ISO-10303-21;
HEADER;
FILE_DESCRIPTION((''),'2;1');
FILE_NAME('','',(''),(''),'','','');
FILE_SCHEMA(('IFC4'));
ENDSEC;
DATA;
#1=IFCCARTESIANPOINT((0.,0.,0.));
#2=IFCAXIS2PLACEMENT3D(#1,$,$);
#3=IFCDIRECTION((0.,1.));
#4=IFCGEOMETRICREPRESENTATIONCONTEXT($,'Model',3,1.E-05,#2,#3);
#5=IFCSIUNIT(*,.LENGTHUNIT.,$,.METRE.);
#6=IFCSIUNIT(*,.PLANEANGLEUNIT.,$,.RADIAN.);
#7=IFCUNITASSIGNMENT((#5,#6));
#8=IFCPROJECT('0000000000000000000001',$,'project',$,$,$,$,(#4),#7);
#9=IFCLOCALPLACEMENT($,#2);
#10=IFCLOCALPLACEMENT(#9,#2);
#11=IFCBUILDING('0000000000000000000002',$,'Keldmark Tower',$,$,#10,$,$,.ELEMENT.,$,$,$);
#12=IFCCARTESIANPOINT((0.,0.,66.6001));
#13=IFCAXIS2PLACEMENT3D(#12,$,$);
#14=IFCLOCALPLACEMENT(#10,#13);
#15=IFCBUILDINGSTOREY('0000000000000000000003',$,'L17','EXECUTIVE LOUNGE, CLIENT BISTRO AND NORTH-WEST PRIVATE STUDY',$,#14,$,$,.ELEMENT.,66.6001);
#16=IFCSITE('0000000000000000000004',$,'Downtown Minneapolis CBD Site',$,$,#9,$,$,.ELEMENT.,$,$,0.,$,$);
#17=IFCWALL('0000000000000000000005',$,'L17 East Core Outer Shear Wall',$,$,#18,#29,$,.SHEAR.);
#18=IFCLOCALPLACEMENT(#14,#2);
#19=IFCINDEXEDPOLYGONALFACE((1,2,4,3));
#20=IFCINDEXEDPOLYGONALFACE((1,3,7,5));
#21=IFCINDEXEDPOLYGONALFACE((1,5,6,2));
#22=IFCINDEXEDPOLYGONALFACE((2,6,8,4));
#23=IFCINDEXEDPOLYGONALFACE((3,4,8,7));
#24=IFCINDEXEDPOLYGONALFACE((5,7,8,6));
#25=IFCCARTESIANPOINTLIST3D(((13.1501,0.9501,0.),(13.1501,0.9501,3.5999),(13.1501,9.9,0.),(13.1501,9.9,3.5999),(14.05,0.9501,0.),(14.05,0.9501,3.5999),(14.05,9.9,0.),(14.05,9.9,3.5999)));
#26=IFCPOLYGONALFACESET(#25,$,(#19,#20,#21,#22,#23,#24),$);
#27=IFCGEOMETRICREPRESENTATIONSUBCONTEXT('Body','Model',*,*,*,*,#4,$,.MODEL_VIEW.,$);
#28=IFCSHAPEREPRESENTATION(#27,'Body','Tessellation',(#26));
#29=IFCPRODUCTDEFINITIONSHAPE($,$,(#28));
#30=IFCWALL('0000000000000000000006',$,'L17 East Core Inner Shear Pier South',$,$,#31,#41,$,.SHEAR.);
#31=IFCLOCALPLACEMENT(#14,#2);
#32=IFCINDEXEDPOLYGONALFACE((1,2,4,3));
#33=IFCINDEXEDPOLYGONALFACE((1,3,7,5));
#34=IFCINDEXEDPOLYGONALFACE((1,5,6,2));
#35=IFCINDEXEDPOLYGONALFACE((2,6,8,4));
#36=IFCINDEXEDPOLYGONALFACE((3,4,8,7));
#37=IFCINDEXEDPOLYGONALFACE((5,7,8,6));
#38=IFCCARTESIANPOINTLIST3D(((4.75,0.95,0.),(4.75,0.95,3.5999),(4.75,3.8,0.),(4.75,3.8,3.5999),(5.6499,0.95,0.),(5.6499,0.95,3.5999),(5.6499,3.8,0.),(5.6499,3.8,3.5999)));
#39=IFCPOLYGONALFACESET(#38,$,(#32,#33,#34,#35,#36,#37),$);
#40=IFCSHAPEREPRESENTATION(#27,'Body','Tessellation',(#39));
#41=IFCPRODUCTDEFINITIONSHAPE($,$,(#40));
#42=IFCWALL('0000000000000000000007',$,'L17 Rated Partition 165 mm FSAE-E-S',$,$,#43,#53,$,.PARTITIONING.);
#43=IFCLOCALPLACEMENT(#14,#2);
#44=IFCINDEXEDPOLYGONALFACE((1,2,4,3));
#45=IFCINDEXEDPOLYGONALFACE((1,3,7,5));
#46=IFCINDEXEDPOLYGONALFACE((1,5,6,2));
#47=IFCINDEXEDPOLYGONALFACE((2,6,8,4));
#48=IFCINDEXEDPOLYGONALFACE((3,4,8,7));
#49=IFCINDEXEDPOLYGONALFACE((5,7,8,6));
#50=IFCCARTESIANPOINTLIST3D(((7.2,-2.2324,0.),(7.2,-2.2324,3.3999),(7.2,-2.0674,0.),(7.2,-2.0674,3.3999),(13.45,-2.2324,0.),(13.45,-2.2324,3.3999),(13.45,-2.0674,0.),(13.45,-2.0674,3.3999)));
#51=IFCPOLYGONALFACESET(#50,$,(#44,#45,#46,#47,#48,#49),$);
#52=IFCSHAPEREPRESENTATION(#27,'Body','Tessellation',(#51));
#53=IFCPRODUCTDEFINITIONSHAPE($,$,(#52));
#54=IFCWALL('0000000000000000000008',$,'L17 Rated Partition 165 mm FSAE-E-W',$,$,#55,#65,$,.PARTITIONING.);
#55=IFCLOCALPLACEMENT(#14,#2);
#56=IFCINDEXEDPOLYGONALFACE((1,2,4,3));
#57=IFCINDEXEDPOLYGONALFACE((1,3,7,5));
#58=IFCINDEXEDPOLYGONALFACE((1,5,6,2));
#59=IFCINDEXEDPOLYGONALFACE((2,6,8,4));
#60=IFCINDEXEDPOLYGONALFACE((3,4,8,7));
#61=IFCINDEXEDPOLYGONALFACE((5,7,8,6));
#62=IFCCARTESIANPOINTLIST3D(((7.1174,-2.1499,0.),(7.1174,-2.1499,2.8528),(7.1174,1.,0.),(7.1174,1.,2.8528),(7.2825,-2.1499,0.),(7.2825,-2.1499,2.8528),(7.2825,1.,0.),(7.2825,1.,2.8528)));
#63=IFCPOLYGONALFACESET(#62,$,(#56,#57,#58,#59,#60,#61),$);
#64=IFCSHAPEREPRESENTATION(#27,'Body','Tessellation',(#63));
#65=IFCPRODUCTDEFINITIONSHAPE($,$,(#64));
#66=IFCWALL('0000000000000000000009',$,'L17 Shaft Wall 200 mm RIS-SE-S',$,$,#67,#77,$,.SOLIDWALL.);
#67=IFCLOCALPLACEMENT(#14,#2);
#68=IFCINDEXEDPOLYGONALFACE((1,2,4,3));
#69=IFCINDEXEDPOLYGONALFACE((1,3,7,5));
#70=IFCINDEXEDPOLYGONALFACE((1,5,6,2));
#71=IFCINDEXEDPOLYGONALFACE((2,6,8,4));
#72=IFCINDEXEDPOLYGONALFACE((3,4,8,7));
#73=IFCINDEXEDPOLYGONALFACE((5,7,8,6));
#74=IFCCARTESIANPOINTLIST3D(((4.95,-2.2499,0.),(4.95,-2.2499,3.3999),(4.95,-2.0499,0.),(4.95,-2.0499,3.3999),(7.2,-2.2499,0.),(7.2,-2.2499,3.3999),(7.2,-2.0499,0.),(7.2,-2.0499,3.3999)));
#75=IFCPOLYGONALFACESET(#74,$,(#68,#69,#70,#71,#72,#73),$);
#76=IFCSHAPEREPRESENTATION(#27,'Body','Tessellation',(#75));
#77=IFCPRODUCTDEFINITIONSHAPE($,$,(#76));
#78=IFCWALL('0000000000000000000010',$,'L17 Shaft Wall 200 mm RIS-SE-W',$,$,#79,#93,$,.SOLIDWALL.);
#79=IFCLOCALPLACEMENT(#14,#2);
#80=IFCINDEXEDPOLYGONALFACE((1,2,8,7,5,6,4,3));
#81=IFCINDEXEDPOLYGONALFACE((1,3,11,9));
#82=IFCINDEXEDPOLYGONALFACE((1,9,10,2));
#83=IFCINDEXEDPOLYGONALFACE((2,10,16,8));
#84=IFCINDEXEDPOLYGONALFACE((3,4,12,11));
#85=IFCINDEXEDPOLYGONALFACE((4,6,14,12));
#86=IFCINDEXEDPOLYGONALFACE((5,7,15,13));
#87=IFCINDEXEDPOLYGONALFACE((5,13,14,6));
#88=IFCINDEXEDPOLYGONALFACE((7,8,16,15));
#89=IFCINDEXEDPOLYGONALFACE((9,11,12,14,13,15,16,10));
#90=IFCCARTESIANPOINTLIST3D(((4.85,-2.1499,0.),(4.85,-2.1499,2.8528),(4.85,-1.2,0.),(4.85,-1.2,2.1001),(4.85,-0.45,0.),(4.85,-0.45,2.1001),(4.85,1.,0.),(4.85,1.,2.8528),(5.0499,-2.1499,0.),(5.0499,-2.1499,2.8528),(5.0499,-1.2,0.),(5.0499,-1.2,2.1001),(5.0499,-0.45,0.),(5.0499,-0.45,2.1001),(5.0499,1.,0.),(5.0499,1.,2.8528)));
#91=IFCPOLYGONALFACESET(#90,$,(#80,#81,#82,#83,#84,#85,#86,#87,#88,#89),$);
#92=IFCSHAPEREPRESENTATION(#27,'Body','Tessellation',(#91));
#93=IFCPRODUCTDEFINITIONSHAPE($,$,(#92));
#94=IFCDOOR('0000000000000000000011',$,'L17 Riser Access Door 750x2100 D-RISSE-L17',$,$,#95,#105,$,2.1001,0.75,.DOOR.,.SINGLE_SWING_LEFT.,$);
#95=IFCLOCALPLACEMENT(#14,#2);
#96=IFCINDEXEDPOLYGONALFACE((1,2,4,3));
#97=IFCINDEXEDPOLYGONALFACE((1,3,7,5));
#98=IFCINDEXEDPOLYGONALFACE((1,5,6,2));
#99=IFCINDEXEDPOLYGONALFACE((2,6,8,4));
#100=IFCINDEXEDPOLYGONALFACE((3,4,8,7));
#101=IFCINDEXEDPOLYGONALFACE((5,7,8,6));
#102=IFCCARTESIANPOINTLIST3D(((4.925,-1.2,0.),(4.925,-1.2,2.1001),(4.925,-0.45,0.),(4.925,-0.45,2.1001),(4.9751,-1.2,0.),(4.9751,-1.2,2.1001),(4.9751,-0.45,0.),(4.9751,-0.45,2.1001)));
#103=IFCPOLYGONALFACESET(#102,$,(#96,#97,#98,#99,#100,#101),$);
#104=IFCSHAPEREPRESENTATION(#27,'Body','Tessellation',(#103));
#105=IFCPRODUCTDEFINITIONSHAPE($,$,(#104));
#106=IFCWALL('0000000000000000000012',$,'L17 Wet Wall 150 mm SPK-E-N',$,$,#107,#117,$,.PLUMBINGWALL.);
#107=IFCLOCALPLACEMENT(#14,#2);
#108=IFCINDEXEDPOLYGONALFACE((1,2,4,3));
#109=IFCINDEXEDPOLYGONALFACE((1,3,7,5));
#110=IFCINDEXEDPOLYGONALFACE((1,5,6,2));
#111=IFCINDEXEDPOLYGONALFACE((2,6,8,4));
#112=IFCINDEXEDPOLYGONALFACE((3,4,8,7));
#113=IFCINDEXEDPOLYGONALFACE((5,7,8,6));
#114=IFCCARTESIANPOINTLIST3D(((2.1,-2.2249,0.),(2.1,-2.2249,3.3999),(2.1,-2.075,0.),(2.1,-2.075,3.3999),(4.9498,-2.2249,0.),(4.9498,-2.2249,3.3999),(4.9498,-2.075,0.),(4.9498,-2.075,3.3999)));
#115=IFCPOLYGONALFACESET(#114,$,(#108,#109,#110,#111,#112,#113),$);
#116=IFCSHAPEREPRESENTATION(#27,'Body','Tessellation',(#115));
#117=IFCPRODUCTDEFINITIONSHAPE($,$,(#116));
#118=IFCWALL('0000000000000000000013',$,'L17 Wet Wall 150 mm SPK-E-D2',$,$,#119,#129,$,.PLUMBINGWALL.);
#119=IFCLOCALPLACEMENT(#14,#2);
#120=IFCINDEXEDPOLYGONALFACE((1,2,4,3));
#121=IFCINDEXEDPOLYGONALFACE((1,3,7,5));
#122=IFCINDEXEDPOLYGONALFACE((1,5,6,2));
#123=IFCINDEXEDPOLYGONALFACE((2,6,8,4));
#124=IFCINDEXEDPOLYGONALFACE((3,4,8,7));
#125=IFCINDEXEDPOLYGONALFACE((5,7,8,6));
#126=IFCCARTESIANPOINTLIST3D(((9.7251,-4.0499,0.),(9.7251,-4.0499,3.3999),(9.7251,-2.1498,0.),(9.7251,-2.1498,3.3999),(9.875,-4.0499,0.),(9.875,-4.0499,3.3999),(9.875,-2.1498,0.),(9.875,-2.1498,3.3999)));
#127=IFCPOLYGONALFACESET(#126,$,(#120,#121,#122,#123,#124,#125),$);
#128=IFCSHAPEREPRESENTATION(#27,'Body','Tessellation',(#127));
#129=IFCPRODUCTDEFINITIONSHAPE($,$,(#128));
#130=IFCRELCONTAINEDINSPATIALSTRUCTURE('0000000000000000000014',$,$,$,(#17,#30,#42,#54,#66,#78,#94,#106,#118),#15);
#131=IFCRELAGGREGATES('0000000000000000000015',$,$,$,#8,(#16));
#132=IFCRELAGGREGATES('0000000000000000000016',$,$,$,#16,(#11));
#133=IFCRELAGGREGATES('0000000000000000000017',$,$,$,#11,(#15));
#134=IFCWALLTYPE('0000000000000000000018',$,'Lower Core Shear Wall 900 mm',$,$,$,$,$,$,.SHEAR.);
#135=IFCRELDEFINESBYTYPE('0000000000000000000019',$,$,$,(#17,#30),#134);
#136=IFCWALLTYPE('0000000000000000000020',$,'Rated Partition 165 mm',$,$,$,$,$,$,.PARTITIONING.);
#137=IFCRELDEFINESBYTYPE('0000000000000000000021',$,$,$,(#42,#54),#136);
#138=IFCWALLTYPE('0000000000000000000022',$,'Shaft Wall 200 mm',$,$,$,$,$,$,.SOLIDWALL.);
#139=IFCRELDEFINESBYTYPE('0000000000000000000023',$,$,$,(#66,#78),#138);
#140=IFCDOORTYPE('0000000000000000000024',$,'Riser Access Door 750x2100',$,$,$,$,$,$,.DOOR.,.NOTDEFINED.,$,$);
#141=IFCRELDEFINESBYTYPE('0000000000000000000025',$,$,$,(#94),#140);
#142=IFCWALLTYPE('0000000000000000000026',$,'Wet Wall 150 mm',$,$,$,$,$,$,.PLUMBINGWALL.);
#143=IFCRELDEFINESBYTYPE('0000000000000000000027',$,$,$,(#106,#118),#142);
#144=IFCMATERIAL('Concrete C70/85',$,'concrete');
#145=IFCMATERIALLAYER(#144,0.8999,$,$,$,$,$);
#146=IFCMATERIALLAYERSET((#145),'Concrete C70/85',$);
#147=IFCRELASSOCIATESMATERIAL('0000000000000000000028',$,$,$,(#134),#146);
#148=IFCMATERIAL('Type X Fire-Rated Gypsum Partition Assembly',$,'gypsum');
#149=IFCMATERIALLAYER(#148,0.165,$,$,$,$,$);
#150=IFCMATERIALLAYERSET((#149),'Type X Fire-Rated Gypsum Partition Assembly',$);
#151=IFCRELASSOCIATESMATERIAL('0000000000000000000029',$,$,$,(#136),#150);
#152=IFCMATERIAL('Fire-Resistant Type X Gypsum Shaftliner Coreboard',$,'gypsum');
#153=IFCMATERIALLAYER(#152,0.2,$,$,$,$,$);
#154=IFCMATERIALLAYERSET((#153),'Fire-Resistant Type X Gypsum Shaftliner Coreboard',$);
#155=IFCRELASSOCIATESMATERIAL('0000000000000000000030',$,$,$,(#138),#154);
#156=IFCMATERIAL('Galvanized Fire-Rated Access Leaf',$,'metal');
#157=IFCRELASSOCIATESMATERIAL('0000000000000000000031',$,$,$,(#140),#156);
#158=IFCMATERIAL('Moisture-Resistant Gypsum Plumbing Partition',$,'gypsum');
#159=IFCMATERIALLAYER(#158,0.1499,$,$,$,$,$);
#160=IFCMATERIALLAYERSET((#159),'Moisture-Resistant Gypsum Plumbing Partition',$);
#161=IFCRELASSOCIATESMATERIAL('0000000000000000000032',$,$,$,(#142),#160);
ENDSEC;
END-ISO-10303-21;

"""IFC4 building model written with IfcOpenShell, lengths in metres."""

from ifc_helpers import new_model, si_unit, direction, frame, frame_2d, origin, place, context, subcontext, project, spatial, rectangle, extrude, material, layer, layer_set, type_object, element, fill, save


model = new_model("IFC4")

# Units and contexts
model_context = context("Model", 3, precision=1e-05, world=origin(), true_north=direction((0.0, 1.0)))
body_context = subcontext(model_context, "Body", "Model", "MODEL_VIEW")
ifc_project = project(units=[si_unit("LENGTHUNIT", "METRE"), si_unit("PLANEANGLEUNIT", "RADIAN")], contexts=[model_context])

# Site, building, storey
site_placement = place(None, origin())
site = spatial("IfcSite", under=ifc_project, at=site_placement, Name="Downtown Minneapolis CBD Site", CompositionType="ELEMENT", RefElevation=0.0)
building_placement = place(site_placement, origin())
building = spatial("IfcBuilding", under=site, at=building_placement, Name="Keldmark Tower", CompositionType="ELEMENT")
storey_placement = place(building_placement, frame((0.0, 0.0, 66.6001)))
storey = spatial("IfcBuildingStorey", under=building, at=storey_placement, Name="L17", Description="EXECUTIVE LOUNGE, CLIENT BISTRO AND NORTH-WEST PRIVATE STUDY", CompositionType="ELEMENT", Elevation=66.6001)

# Walls
ifc_material_1 = material(Name="Concrete C70/85", Category="concrete")
ifc_layer_1 = layer(ifc_material_1, 0.8999)
ifc_layer_set_1 = layer_set([ifc_layer_1], Name="Concrete C70/85")
wall_type_1 = type_object("IfcWallType", Name="Lower Core Shear Wall 900 mm", PredefinedType="SHEAR", material=ifc_layer_set_1)
wall_1_placement = place(storey_placement, frame((13.6001, 0.95, 0.0), z_axis=(0.0, 0.0, 1.0), x_axis=(0.0, 1.0, 0.0)))
element("IfcWall", 1, at=wall_1_placement, inside=storey, type_object=wall_type_1, Name="L17 East Core Outer Shear Wall", PredefinedType="SHEAR", context=body_context, shape_type="SweptSolid", body=[
    extrude(rectangle(XDim=8.95, YDim=0.8999, at=frame_2d((4.4751, 0.0))), origin(), (0.0, 0.0, 1.0), 3.5999),
])
wall_2_placement = place(storey_placement, frame((5.2, 0.95, 0.0), z_axis=(0.0, 0.0, 1.0), x_axis=(0.0, 1.0, 0.0)))
element("IfcWall", 2, at=wall_2_placement, inside=storey, type_object=wall_type_1, Name="L17 East Core Inner Shear Pier South", PredefinedType="SHEAR", context=body_context, shape_type="SweptSolid", body=[
    extrude(rectangle(XDim=2.8501, YDim=0.8999, at=frame_2d((1.425, 0.0))), origin(), (0.0, 0.0, 1.0), 3.5999),
])
ifc_material_2 = material(Name="Type X Fire-Rated Gypsum Partition Assembly", Category="gypsum")
ifc_layer_2 = layer(ifc_material_2, 0.165)
ifc_layer_set_2 = layer_set([ifc_layer_2], Name="Type X Fire-Rated Gypsum Partition Assembly")
wall_type_2 = type_object("IfcWallType", Name="Rated Partition 165 mm", PredefinedType="PARTITIONING", material=ifc_layer_set_2)
wall_3_placement = place(storey_placement, frame((7.2, -2.1499, 0.0), z_axis=(0.0, 0.0, 1.0), x_axis=(1.0, 0.0, 0.0)))
element("IfcWall", 3, at=wall_3_placement, inside=storey, type_object=wall_type_2, Name="L17 Rated Partition 165 mm FSAE-E-S", PredefinedType="PARTITIONING", context=body_context, shape_type="SweptSolid", body=[
    extrude(rectangle(XDim=6.25, YDim=0.165, at=frame_2d((3.125, 0.0))), origin(), (0.0, 0.0, 1.0), 3.3999),
])
wall_4_placement = place(storey_placement, frame((7.2, -2.1499, 0.0), z_axis=(0.0, 0.0, 1.0), x_axis=(0.0, 1.0, 0.0)))
element("IfcWall", 4, at=wall_4_placement, inside=storey, type_object=wall_type_2, Name="L17 Rated Partition 165 mm FSAE-E-W", PredefinedType="PARTITIONING", context=body_context, shape_type="SweptSolid", body=[
    extrude(rectangle(XDim=3.1499, YDim=0.165, at=frame_2d((1.575, 0.0))), origin(), (0.0, 0.0, 1.0), 2.8528),
])

# Wall
ifc_material_3 = material(Name="Fire-Resistant Type X Gypsum Shaftliner Coreboard", Category="gypsum")
ifc_layer_3 = layer(ifc_material_3, 0.2)
ifc_layer_set_3 = layer_set([ifc_layer_3], Name="Fire-Resistant Type X Gypsum Shaftliner Coreboard")
wall_type_3 = type_object("IfcWallType", Name="Shaft Wall 200 mm", PredefinedType="SOLIDWALL", material=ifc_layer_set_3)
wall_5_placement = place(storey_placement, frame((4.95, -2.1499, 0.0), z_axis=(0.0, 0.0, 1.0), x_axis=(1.0, 0.0, 0.0)))
element("IfcWall", 5, at=wall_5_placement, inside=storey, type_object=wall_type_3, Name="L17 Shaft Wall 200 mm RIS-SE-S", PredefinedType="SOLIDWALL", context=body_context, shape_type="SweptSolid", body=[
    extrude(rectangle(XDim=2.25, YDim=0.2, at=frame_2d((1.125, 0.0))), origin(), (0.0, 0.0, 1.0), 3.3999),
])

# Wall, opening, door
wall_6_placement = place(storey_placement, frame((4.95, -2.1499, 0.0), z_axis=(0.0, 0.0, 1.0), x_axis=(0.0, 1.0, 0.0)))
wall_6 = element("IfcWall", 6, at=wall_6_placement, inside=storey, type_object=wall_type_3, Name="L17 Shaft Wall 200 mm RIS-SE-W", PredefinedType="SOLIDWALL", context=body_context, shape_type="SweptSolid", body=[
    extrude(rectangle(XDim=3.1499, YDim=0.2, at=frame_2d((1.575, 0.0))), origin(), (0.0, 0.0, 1.0), 2.8528),
])
opening_1_placement = place(wall_6_placement, frame((0.95, 0.0, 0.0)))
opening_1 = element("IfcOpeningElement", 7, at=opening_1_placement, cuts=wall_6, PredefinedType="OPENING", context=body_context, shape_type="SweptSolid", body=[
    extrude(rectangle(XDim=0.75, YDim=2.1001, at=frame_2d((0.375, 1.05))), frame((0.0, 0.1099, 0.0), z_axis=(0.0, -1.0, 0.0), x_axis=(1.0, 0.0, 0.0)), (0.0, 0.0, 1.0), 0.22),
])
ifc_material_4 = material(Name="Galvanized Fire-Rated Access Leaf", Category="metal")
door_type_1 = type_object("IfcDoorType", Name="Riser Access Door 750x2100", OperationType="NOTDEFINED", PredefinedType="DOOR", material=ifc_material_4)
door_1_placement = place(opening_1_placement, origin())
door_1 = element("IfcDoor", 8, at=door_1_placement, inside=storey, type_object=door_type_1, Name="L17 Riser Access Door 750x2100 D-RISSE-L17", OperationType="SINGLE_SWING_LEFT", OverallHeight=2.1001, OverallWidth=0.75, PredefinedType="DOOR", context=body_context, shape_type="SweptSolid", body=[
    extrude(rectangle(XDim=0.75, YDim=2.1001, at=frame_2d((0.375, 1.05))), frame((0.0, 0.0249, 0.0), z_axis=(0.0, -1.0, 0.0), x_axis=(1.0, 0.0, 0.0)), (0.0, 0.0, 1.0), 0.05),
])
fill(opening_1, door_1)

# Walls
ifc_material_5 = material(Name="Moisture-Resistant Gypsum Plumbing Partition", Category="gypsum")
ifc_layer_4 = layer(ifc_material_5, 0.1499)
ifc_layer_set_4 = layer_set([ifc_layer_4], Name="Moisture-Resistant Gypsum Plumbing Partition")
wall_type_4 = type_object("IfcWallType", Name="Wet Wall 150 mm", PredefinedType="PLUMBINGWALL", material=ifc_layer_set_4)
wall_7_placement = place(storey_placement, frame((2.1001, -2.1499, 0.0), z_axis=(0.0, 0.0, 1.0), x_axis=(1.0, 0.0, 0.0)))
element("IfcWall", 9, at=wall_7_placement, inside=storey, type_object=wall_type_4, Name="L17 Wet Wall 150 mm SPK-E-N", PredefinedType="PLUMBINGWALL", context=body_context, shape_type="SweptSolid", body=[
    extrude(rectangle(XDim=2.8499, YDim=0.1499, at=frame_2d((1.4248, 0.0))), origin(), (0.0, 0.0, 1.0), 3.3999),
])
wall_8_placement = place(storey_placement, frame((9.8, -4.05, 0.0), z_axis=(0.0, 0.0, 1.0), x_axis=(0.0, 1.0, 0.0)))
element("IfcWall", 10, at=wall_8_placement, inside=storey, type_object=wall_type_4, Name="L17 Wet Wall 150 mm SPK-E-D2", PredefinedType="PLUMBINGWALL", context=body_context, shape_type="SweptSolid", body=[
    extrude(rectangle(XDim=1.9001, YDim=0.1499, at=frame_2d((0.9502, 0.0))), origin(), (0.0, 0.0, 1.0), 3.3999),
])

save(model, "model.ifc")
